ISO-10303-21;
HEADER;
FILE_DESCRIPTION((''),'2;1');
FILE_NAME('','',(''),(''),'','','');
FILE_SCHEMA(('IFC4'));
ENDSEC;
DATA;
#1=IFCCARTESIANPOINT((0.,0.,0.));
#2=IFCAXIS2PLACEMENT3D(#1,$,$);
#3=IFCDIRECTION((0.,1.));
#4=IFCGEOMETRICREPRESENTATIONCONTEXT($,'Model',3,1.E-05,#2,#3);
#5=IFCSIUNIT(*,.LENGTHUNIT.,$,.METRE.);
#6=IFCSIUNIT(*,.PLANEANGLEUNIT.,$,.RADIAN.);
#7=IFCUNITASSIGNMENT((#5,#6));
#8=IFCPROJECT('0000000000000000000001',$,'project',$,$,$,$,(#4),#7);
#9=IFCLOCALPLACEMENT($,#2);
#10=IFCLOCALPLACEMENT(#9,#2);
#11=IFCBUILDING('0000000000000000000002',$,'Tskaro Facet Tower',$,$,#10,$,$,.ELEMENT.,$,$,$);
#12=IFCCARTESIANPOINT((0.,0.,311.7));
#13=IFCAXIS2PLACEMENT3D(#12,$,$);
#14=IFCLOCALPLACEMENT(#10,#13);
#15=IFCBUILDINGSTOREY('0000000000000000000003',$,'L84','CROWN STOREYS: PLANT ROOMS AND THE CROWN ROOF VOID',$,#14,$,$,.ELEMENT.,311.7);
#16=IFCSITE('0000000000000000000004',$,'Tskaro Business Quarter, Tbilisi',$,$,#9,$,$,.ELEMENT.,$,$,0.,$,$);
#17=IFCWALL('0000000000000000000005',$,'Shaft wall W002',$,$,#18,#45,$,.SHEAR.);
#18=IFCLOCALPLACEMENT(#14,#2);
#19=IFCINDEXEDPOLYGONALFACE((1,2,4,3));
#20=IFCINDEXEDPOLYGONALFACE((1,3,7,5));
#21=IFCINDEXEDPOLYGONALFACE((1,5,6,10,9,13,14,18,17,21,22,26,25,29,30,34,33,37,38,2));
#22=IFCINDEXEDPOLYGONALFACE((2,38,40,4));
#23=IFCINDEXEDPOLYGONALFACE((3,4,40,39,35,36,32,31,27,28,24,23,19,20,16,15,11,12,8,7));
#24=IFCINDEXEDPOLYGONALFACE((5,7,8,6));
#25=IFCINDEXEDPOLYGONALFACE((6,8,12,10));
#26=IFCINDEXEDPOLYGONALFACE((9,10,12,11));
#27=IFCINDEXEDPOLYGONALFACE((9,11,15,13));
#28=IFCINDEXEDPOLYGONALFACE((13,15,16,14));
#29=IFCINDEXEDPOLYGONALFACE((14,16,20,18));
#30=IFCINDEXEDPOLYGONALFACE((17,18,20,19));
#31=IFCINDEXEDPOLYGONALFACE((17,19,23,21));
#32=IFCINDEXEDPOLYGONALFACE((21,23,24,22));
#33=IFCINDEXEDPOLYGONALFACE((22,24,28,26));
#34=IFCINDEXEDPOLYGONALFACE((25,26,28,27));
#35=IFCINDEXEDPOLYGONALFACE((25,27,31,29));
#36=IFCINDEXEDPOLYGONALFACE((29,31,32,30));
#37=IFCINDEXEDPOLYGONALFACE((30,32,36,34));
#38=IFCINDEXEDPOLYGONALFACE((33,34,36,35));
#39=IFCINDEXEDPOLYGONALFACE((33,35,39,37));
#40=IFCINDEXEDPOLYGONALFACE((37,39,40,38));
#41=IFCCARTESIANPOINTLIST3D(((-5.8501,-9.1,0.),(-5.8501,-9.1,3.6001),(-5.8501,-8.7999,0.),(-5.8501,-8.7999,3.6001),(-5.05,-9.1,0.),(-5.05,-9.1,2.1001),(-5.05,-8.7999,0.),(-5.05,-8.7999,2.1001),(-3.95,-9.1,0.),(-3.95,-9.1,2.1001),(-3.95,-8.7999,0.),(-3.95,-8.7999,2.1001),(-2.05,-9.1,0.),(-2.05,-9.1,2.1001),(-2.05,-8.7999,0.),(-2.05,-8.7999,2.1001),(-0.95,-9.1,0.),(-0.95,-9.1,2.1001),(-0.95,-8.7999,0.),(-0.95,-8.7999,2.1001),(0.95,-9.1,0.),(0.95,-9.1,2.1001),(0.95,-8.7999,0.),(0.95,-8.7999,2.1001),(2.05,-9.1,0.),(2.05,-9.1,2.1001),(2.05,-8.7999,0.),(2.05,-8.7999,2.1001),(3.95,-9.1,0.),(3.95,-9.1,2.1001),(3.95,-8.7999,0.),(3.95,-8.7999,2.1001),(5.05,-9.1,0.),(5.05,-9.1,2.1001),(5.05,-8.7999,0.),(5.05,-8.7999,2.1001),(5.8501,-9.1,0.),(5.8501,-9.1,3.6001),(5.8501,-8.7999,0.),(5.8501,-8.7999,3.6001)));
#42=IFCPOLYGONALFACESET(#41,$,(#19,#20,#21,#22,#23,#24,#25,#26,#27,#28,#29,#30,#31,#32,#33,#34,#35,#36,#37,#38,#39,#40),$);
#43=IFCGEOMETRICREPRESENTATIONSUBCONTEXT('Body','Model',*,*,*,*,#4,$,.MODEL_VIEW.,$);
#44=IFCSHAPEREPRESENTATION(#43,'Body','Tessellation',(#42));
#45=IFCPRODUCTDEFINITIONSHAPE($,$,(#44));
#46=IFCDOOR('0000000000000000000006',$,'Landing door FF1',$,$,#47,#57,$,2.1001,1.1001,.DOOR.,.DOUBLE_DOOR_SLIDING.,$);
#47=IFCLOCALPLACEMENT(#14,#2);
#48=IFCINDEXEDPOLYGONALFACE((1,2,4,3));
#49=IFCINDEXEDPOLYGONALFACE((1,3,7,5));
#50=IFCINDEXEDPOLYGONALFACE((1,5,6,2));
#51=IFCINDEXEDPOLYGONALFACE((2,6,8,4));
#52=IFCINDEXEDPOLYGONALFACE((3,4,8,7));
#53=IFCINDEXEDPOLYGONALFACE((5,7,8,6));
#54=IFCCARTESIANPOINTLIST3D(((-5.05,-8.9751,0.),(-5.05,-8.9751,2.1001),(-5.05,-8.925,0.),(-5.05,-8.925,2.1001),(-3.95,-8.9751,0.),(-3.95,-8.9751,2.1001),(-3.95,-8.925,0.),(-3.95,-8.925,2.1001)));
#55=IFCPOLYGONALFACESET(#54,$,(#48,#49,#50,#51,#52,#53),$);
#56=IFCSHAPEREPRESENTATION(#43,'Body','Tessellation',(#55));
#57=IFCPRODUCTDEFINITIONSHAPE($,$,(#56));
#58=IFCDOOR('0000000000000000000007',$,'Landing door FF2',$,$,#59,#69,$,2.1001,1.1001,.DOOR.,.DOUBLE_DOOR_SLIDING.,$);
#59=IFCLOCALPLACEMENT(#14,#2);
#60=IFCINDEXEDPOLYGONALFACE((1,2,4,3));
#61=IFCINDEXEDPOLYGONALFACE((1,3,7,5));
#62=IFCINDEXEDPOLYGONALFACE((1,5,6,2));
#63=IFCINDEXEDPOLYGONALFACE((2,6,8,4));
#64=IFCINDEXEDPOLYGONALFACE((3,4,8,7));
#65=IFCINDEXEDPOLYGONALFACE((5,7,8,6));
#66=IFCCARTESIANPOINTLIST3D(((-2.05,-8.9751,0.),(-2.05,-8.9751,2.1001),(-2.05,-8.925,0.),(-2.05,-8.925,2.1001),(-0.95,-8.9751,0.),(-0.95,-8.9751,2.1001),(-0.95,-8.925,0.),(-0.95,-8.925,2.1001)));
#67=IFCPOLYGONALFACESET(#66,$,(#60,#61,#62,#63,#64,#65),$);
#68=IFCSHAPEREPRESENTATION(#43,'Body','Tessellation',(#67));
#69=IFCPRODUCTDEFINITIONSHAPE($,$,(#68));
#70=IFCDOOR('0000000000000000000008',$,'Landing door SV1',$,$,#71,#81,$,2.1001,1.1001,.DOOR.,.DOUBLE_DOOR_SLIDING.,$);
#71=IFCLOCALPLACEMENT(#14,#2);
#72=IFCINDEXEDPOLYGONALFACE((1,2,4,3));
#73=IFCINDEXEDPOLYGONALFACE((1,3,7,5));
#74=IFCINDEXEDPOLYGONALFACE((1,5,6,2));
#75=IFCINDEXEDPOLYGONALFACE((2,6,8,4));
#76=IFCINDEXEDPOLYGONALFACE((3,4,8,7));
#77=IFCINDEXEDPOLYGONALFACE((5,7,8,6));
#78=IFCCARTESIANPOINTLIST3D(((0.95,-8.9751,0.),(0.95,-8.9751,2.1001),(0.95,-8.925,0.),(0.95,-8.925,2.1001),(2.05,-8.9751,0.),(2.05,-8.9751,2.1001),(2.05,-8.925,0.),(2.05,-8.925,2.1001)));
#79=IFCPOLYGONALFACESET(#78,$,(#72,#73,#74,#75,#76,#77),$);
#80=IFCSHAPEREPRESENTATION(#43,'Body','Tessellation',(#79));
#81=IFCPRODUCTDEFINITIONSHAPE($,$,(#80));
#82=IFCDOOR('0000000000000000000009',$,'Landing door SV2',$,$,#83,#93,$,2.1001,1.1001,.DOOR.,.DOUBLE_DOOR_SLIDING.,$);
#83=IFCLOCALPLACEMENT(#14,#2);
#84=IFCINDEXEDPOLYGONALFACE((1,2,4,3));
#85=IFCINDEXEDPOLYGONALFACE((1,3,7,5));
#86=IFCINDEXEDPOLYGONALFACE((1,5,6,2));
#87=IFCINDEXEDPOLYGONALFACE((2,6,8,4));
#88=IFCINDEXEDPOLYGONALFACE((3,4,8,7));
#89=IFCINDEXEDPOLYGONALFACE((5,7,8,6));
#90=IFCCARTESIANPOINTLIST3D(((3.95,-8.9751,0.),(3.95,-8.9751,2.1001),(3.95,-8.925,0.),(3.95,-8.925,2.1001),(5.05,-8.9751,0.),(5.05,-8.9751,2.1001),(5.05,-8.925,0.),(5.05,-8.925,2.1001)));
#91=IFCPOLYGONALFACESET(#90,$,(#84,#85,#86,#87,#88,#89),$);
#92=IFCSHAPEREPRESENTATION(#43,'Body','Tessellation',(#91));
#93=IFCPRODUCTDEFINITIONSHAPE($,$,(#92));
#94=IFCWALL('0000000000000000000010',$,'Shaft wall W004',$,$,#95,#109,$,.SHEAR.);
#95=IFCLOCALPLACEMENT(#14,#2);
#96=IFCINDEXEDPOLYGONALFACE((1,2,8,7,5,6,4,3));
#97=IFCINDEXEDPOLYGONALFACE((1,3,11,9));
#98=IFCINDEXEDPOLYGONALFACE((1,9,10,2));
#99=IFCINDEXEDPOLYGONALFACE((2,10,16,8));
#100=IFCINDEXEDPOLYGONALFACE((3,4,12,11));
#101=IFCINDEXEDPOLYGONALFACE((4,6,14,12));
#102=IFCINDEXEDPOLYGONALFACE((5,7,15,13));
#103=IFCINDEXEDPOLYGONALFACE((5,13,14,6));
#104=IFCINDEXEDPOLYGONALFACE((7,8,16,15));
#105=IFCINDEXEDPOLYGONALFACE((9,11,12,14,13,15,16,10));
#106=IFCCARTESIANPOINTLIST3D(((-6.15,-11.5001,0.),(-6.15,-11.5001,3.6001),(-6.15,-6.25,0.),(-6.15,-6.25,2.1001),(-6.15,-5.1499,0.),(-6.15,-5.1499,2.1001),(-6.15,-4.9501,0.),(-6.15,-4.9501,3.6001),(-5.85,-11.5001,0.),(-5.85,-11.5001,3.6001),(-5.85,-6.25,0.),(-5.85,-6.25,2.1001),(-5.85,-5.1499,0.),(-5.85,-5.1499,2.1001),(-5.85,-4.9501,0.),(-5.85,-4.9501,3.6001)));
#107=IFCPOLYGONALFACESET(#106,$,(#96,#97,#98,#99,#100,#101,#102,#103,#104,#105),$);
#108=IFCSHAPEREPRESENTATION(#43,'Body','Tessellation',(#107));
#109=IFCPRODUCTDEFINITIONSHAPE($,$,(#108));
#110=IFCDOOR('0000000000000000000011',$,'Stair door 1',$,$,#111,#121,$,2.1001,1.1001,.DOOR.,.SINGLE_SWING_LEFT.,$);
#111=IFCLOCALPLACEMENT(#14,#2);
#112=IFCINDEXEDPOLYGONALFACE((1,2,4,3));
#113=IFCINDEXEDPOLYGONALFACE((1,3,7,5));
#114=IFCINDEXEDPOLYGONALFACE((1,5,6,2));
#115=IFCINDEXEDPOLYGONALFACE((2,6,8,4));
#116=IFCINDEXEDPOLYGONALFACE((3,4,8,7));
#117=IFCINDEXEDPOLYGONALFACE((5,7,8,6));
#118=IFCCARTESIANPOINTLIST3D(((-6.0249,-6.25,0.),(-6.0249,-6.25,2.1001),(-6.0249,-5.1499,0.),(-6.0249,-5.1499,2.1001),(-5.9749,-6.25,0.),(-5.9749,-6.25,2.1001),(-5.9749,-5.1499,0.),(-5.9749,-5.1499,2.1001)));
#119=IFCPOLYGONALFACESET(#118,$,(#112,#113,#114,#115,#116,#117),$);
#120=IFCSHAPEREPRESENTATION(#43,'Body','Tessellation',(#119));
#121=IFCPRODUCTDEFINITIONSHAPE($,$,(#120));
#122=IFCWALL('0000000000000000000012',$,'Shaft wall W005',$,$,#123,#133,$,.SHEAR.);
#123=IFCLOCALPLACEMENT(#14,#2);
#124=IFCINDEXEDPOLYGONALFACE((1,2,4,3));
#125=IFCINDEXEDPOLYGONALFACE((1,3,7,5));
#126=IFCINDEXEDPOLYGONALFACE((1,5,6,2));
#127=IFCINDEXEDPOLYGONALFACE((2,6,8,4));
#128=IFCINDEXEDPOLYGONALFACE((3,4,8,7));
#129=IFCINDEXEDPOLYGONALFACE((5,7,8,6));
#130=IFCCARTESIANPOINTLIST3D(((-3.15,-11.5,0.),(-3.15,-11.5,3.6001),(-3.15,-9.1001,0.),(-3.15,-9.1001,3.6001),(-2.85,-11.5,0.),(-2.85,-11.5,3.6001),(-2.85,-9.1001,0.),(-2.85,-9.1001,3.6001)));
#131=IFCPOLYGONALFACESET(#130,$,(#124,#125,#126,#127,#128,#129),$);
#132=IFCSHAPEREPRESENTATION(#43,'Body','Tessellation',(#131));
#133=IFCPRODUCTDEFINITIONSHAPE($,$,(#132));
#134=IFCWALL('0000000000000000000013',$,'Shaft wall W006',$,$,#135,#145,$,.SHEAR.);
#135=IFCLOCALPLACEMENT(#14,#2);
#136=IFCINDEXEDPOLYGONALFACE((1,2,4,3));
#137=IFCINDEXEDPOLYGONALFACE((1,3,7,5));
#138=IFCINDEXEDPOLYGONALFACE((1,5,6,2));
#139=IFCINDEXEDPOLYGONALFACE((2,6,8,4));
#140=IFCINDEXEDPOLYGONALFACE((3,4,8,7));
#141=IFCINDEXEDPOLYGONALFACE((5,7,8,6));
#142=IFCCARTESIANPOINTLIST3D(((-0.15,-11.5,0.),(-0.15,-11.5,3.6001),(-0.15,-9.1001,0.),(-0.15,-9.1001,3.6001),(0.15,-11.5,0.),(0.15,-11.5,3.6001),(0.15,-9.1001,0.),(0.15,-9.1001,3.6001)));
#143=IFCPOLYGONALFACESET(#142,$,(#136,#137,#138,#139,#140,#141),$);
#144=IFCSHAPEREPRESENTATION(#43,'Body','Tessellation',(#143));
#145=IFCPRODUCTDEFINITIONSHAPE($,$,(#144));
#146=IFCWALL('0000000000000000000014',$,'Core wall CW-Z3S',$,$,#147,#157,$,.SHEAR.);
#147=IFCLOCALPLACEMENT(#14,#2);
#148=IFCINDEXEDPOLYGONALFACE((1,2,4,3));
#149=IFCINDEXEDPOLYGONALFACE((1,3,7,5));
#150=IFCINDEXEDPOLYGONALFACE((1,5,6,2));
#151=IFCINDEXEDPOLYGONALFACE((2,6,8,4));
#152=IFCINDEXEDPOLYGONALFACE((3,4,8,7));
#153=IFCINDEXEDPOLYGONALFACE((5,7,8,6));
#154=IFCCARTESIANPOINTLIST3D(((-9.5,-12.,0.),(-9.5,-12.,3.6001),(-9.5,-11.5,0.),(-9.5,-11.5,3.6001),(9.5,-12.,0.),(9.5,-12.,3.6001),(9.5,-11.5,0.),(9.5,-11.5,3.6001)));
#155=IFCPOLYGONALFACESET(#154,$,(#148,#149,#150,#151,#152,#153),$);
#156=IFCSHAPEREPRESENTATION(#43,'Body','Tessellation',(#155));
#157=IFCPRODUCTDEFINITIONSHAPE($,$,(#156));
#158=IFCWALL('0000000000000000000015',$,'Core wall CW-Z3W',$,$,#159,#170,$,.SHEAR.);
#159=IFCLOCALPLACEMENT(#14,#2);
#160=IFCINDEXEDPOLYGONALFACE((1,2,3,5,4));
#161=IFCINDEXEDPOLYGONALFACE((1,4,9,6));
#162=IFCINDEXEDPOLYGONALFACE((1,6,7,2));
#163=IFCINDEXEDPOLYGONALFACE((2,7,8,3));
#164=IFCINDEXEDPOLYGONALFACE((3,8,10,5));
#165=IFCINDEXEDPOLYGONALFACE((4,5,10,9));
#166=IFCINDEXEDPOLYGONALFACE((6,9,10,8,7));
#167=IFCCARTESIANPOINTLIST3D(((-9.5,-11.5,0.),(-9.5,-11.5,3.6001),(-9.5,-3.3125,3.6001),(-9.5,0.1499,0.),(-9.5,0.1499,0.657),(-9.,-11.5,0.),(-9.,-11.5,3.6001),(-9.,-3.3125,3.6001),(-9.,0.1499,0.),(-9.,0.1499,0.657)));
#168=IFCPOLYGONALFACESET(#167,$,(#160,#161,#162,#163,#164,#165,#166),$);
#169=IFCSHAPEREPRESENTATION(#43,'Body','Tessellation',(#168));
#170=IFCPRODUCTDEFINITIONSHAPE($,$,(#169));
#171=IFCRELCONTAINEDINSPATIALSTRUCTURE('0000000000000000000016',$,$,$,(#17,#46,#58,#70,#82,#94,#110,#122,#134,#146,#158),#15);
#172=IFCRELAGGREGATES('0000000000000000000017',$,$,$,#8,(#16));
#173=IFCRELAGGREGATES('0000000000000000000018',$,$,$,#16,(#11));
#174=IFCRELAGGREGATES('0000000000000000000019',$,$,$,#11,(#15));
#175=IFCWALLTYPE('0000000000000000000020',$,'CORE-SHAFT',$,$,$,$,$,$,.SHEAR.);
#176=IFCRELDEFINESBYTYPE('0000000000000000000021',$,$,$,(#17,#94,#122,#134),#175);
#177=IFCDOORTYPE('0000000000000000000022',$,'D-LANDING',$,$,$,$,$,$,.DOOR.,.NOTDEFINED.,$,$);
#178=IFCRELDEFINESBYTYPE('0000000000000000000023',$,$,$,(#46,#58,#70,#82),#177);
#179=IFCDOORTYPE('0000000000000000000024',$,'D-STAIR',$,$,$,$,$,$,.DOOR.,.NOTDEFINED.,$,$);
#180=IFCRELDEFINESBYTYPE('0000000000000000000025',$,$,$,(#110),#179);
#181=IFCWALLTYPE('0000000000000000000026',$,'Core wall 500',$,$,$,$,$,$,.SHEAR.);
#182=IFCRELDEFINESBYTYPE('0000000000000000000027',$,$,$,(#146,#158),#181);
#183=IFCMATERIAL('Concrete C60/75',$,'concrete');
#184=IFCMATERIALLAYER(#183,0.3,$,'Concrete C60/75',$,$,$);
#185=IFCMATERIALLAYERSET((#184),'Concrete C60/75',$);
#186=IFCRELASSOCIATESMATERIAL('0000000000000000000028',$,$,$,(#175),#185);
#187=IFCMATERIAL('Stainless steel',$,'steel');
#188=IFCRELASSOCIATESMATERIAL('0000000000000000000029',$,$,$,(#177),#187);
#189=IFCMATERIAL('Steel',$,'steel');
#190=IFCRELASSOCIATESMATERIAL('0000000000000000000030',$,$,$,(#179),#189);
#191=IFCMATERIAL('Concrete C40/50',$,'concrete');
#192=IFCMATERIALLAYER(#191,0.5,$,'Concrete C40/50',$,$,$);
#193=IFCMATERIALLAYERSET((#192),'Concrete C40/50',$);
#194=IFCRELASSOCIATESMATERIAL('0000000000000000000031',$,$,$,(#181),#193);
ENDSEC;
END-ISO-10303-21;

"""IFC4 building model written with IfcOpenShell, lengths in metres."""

from ifc_helpers import new_model, si_unit, direction, frame, frame_2d, origin, place, context, subcontext, project, spatial, polyline, rectangle, outline, extrude, material, layer, layer_set, type_object, element, fill, save


model = new_model("IFC4")

# Units and contexts
model_context = context("Model", 3, precision=1e-05, world=origin(), true_north=direction((0.0, 1.0)))
body_context = subcontext(model_context, "Body", "Model", "MODEL_VIEW")
ifc_project = project(units=[si_unit("LENGTHUNIT", "METRE"), si_unit("PLANEANGLEUNIT", "RADIAN")], contexts=[model_context])

# Site, building, storey
site_placement = place(None, origin())
site = spatial("IfcSite", under=ifc_project, at=site_placement, Name="Tskaro Business Quarter, Tbilisi", CompositionType="ELEMENT", RefElevation=0.0)
building_placement = place(site_placement, origin())
building = spatial("IfcBuilding", under=site, at=building_placement, Name="Tskaro Facet Tower", CompositionType="ELEMENT")
storey_placement = place(building_placement, frame((0.0, 0.0, 311.7)))
storey = spatial("IfcBuildingStorey", under=building, at=storey_placement, Name="L84", Description="CROWN STOREYS: PLANT ROOMS AND THE CROWN ROOF VOID", CompositionType="ELEMENT", Elevation=311.7)

# Wall, openings, doors
ifc_material_1 = material(Name="Concrete C60/75", Category="concrete")
ifc_layer_1 = layer(ifc_material_1, 0.3, Name="Concrete C60/75")
ifc_layer_set_1 = layer_set([ifc_layer_1], Name="Concrete C60/75")
wall_type_1 = type_object("IfcWallType", Name="CORE-SHAFT", PredefinedType="SHEAR", material=ifc_layer_set_1)
wall_1_placement = place(storey_placement, frame((-5.8501, -8.95, 0.0), z_axis=(0.0, 0.0, 1.0), x_axis=(1.0, 0.0, 0.0)))
wall_1 = element("IfcWall", 1, at=wall_1_placement, inside=storey, type_object=wall_type_1, Name="Shaft wall W002", PredefinedType="SHEAR", context=body_context, shape_type="SweptSolid", body=[
    extrude(rectangle(XDim=11.7002, YDim=0.3, at=frame_2d((5.8501, 0.0))), origin(), (0.0, 0.0, 1.0), 3.6001),
])
opening_1_placement = place(wall_1_placement, frame((0.8, 0.0, 0.0)))
opening_1 = element("IfcOpeningElement", 2, at=opening_1_placement, cuts=wall_1, PredefinedType="OPENING", context=body_context, shape_type="SweptSolid", body=[
    extrude(rectangle(XDim=1.1001, YDim=2.1001, at=frame_2d((0.55, 1.05))), frame((0.0, 0.1599, 0.0), z_axis=(0.0, -1.0, 0.0), x_axis=(1.0, 0.0, 0.0)), (0.0, 0.0, 1.0), 0.3201),
])
opening_2_placement = place(wall_1_placement, frame((3.8, 0.0, 0.0)))
opening_2 = element("IfcOpeningElement", 3, at=opening_2_placement, cuts=wall_1, PredefinedType="OPENING", context=body_context, shape_type="SweptSolid", body=[
    extrude(rectangle(XDim=1.1001, YDim=2.1001, at=frame_2d((0.55, 1.05))), frame((0.0, 0.1599, 0.0), z_axis=(0.0, -1.0, 0.0), x_axis=(1.0, 0.0, 0.0)), (0.0, 0.0, 1.0), 0.3201),
])
opening_3_placement = place(wall_1_placement, frame((6.8, 0.0, 0.0)))
opening_3 = element("IfcOpeningElement", 4, at=opening_3_placement, cuts=wall_1, PredefinedType="OPENING", context=body_context, shape_type="SweptSolid", body=[
    extrude(rectangle(XDim=1.1001, YDim=2.1001, at=frame_2d((0.55, 1.05))), frame((0.0, 0.1599, 0.0), z_axis=(0.0, -1.0, 0.0), x_axis=(1.0, 0.0, 0.0)), (0.0, 0.0, 1.0), 0.3201),
])
opening_4_placement = place(wall_1_placement, frame((9.8, 0.0, 0.0)))
opening_4 = element("IfcOpeningElement", 5, at=opening_4_placement, cuts=wall_1, PredefinedType="OPENING", context=body_context, shape_type="SweptSolid", body=[
    extrude(rectangle(XDim=1.1001, YDim=2.1001, at=frame_2d((0.55, 1.05))), frame((0.0, 0.1599, 0.0), z_axis=(0.0, -1.0, 0.0), x_axis=(1.0, 0.0, 0.0)), (0.0, 0.0, 1.0), 0.3201),
])
ifc_material_2 = material(Name="Stainless steel", Category="steel")
door_type_1 = type_object("IfcDoorType", Name="D-LANDING", OperationType="NOTDEFINED", PredefinedType="DOOR", material=ifc_material_2)
door_1_placement = place(opening_1_placement, origin())
door_1 = element("IfcDoor", 6, at=door_1_placement, inside=storey, type_object=door_type_1, Name="Landing door FF1", OperationType="DOUBLE_DOOR_SLIDING", OverallHeight=2.1001, OverallWidth=1.1001, PredefinedType="DOOR", context=body_context, shape_type="SweptSolid", body=[
    extrude(rectangle(XDim=1.1001, YDim=2.1001, at=frame_2d((0.55, 1.05))), frame((0.0, 0.0249, 0.0), z_axis=(0.0, -1.0, 0.0), x_axis=(1.0, 0.0, 0.0)), (0.0, 0.0, 1.0), 0.05),
])
fill(opening_1, door_1)
door_2_placement = place(opening_2_placement, origin())
door_2 = element("IfcDoor", 7, at=door_2_placement, inside=storey, type_object=door_type_1, Name="Landing door FF2", OperationType="DOUBLE_DOOR_SLIDING", OverallHeight=2.1001, OverallWidth=1.1001, PredefinedType="DOOR", context=body_context, shape_type="SweptSolid", body=[
    extrude(rectangle(XDim=1.1001, YDim=2.1001, at=frame_2d((0.55, 1.05))), frame((0.0, 0.0249, 0.0), z_axis=(0.0, -1.0, 0.0), x_axis=(1.0, 0.0, 0.0)), (0.0, 0.0, 1.0), 0.05),
])
fill(opening_2, door_2)
door_3_placement = place(opening_3_placement, origin())
door_3 = element("IfcDoor", 8, at=door_3_placement, inside=storey, type_object=door_type_1, Name="Landing door SV1", OperationType="DOUBLE_DOOR_SLIDING", OverallHeight=2.1001, OverallWidth=1.1001, PredefinedType="DOOR", context=body_context, shape_type="SweptSolid", body=[
    extrude(rectangle(XDim=1.1001, YDim=2.1001, at=frame_2d((0.55, 1.05))), frame((0.0, 0.0249, 0.0), z_axis=(0.0, -1.0, 0.0), x_axis=(1.0, 0.0, 0.0)), (0.0, 0.0, 1.0), 0.05),
])
fill(opening_3, door_3)
door_4_placement = place(opening_4_placement, origin())
door_4 = element("IfcDoor", 9, at=door_4_placement, inside=storey, type_object=door_type_1, Name="Landing door SV2", OperationType="DOUBLE_DOOR_SLIDING", OverallHeight=2.1001, OverallWidth=1.1001, PredefinedType="DOOR", context=body_context, shape_type="SweptSolid", body=[
    extrude(rectangle(XDim=1.1001, YDim=2.1001, at=frame_2d((0.55, 1.05))), frame((0.0, 0.0249, 0.0), z_axis=(0.0, -1.0, 0.0), x_axis=(1.0, 0.0, 0.0)), (0.0, 0.0, 1.0), 0.05),
])
fill(opening_4, door_4)

# Wall, opening, door
wall_2_placement = place(storey_placement, frame((-6.0, -11.5, 0.0), z_axis=(0.0, 0.0, 1.0), x_axis=(0.0, 1.0, 0.0)))
wall_2 = element("IfcWall", 10, at=wall_2_placement, inside=storey, type_object=wall_type_1, Name="Shaft wall W004", PredefinedType="SHEAR", context=body_context, shape_type="SweptSolid", body=[
    extrude(rectangle(XDim=6.55, YDim=0.3, at=frame_2d((3.2749, 0.0))), origin(), (0.0, 0.0, 1.0), 3.6001),
])
opening_5_placement = place(wall_2_placement, frame((5.25, 0.0, 0.0)))
opening_5 = element("IfcOpeningElement", 11, at=opening_5_placement, cuts=wall_2, PredefinedType="OPENING", context=body_context, shape_type="SweptSolid", body=[
    extrude(rectangle(XDim=1.1001, YDim=2.1001, at=frame_2d((0.55, 1.05))), frame((0.0, 0.1599, 0.0), z_axis=(0.0, -1.0, 0.0), x_axis=(1.0, 0.0, 0.0)), (0.0, 0.0, 1.0), 0.3201),
])
ifc_material_3 = material(Name="Steel", Category="steel")
door_type_2 = type_object("IfcDoorType", Name="D-STAIR", OperationType="NOTDEFINED", PredefinedType="DOOR", material=ifc_material_3)
door_5_placement = place(opening_5_placement, origin())
door_5 = element("IfcDoor", 12, at=door_5_placement, inside=storey, type_object=door_type_2, Name="Stair door 1", OperationType="SINGLE_SWING_LEFT", OverallHeight=2.1001, OverallWidth=1.1001, PredefinedType="DOOR", context=body_context, shape_type="SweptSolid", body=[
    extrude(rectangle(XDim=1.1001, YDim=2.1001, at=frame_2d((0.55, 1.05))), frame((0.0, 0.0249, 0.0), z_axis=(0.0, -1.0, 0.0), x_axis=(1.0, 0.0, 0.0)), (0.0, 0.0, 1.0), 0.05),
])
fill(opening_5, door_5)

# Walls
for number, where, z_axis, x_axis, name in (
    (13, (-3.0, -11.5, 0.0), (0.0, 0.0, 1.0), (0.0, 1.0, 0.0), "Shaft wall W005"),
    (14, (0.0, -11.5, 0.0), (0.0, 0.0, 1.0), (0.0, 1.0, 0.0), "Shaft wall W006"),
):
    element("IfcWall", number, at=place(storey_placement, frame(where, z_axis=z_axis, x_axis=x_axis)), inside=storey, type_object=wall_type_1, Name=name, PredefinedType="SHEAR", context=body_context, shape_type="SweptSolid", body=[
        extrude(rectangle(XDim=2.3999, YDim=0.3, at=frame_2d((1.2, 0.0))), origin(), (0.0, 0.0, 1.0), 3.6001),
    ])
ifc_material_4 = material(Name="Concrete C40/50", Category="concrete")
ifc_layer_2 = layer(ifc_material_4, 0.5, Name="Concrete C40/50")
ifc_layer_set_2 = layer_set([ifc_layer_2], Name="Concrete C40/50")
wall_type_2 = type_object("IfcWallType", Name="Core wall 500", PredefinedType="SHEAR", material=ifc_layer_set_2)
wall_3_placement = place(storey_placement, frame((-9.5, -11.75, 0.0), z_axis=(0.0, 0.0, 1.0), x_axis=(1.0, 0.0, 0.0)))
element("IfcWall", 15, at=wall_3_placement, inside=storey, type_object=wall_type_2, Name="Core wall CW-Z3S", PredefinedType="SHEAR", context=body_context, shape_type="SweptSolid", body=[
    extrude(outline(polyline([(0.0, 0.0), (19.0, 0.0), (19.0, 3.6001), (0.0, 3.6001), (0.0, 0.0)])), frame((0.0, 0.25, 0.0), z_axis=(0.0, -1.0, 0.0), x_axis=(1.0, 0.0, 0.0)), (0.0, 0.0, 1.0), 0.5),
])
wall_4_placement = place(storey_placement, frame((-9.25, -11.5, 0.0), z_axis=(0.0, 0.0, 1.0), x_axis=(0.0, 1.0, 0.0)))
element("IfcWall", 16, at=wall_4_placement, inside=storey, type_object=wall_type_2, Name="Core wall CW-Z3W", PredefinedType="SHEAR", context=body_context, shape_type="SweptSolid", body=[
    extrude(outline(polyline([(0.0, 0.0), (11.6499, 0.0), (11.6499, 0.657), (8.1875, 3.6001), (0.0, 3.6001), (0.0, 0.0)])), frame((0.0, 0.25, 0.0), z_axis=(0.0, -1.0, 0.0), x_axis=(1.0, 0.0, 0.0)), (0.0, 0.0, 1.0), 0.5),
])

save(model, "model.ifc")
